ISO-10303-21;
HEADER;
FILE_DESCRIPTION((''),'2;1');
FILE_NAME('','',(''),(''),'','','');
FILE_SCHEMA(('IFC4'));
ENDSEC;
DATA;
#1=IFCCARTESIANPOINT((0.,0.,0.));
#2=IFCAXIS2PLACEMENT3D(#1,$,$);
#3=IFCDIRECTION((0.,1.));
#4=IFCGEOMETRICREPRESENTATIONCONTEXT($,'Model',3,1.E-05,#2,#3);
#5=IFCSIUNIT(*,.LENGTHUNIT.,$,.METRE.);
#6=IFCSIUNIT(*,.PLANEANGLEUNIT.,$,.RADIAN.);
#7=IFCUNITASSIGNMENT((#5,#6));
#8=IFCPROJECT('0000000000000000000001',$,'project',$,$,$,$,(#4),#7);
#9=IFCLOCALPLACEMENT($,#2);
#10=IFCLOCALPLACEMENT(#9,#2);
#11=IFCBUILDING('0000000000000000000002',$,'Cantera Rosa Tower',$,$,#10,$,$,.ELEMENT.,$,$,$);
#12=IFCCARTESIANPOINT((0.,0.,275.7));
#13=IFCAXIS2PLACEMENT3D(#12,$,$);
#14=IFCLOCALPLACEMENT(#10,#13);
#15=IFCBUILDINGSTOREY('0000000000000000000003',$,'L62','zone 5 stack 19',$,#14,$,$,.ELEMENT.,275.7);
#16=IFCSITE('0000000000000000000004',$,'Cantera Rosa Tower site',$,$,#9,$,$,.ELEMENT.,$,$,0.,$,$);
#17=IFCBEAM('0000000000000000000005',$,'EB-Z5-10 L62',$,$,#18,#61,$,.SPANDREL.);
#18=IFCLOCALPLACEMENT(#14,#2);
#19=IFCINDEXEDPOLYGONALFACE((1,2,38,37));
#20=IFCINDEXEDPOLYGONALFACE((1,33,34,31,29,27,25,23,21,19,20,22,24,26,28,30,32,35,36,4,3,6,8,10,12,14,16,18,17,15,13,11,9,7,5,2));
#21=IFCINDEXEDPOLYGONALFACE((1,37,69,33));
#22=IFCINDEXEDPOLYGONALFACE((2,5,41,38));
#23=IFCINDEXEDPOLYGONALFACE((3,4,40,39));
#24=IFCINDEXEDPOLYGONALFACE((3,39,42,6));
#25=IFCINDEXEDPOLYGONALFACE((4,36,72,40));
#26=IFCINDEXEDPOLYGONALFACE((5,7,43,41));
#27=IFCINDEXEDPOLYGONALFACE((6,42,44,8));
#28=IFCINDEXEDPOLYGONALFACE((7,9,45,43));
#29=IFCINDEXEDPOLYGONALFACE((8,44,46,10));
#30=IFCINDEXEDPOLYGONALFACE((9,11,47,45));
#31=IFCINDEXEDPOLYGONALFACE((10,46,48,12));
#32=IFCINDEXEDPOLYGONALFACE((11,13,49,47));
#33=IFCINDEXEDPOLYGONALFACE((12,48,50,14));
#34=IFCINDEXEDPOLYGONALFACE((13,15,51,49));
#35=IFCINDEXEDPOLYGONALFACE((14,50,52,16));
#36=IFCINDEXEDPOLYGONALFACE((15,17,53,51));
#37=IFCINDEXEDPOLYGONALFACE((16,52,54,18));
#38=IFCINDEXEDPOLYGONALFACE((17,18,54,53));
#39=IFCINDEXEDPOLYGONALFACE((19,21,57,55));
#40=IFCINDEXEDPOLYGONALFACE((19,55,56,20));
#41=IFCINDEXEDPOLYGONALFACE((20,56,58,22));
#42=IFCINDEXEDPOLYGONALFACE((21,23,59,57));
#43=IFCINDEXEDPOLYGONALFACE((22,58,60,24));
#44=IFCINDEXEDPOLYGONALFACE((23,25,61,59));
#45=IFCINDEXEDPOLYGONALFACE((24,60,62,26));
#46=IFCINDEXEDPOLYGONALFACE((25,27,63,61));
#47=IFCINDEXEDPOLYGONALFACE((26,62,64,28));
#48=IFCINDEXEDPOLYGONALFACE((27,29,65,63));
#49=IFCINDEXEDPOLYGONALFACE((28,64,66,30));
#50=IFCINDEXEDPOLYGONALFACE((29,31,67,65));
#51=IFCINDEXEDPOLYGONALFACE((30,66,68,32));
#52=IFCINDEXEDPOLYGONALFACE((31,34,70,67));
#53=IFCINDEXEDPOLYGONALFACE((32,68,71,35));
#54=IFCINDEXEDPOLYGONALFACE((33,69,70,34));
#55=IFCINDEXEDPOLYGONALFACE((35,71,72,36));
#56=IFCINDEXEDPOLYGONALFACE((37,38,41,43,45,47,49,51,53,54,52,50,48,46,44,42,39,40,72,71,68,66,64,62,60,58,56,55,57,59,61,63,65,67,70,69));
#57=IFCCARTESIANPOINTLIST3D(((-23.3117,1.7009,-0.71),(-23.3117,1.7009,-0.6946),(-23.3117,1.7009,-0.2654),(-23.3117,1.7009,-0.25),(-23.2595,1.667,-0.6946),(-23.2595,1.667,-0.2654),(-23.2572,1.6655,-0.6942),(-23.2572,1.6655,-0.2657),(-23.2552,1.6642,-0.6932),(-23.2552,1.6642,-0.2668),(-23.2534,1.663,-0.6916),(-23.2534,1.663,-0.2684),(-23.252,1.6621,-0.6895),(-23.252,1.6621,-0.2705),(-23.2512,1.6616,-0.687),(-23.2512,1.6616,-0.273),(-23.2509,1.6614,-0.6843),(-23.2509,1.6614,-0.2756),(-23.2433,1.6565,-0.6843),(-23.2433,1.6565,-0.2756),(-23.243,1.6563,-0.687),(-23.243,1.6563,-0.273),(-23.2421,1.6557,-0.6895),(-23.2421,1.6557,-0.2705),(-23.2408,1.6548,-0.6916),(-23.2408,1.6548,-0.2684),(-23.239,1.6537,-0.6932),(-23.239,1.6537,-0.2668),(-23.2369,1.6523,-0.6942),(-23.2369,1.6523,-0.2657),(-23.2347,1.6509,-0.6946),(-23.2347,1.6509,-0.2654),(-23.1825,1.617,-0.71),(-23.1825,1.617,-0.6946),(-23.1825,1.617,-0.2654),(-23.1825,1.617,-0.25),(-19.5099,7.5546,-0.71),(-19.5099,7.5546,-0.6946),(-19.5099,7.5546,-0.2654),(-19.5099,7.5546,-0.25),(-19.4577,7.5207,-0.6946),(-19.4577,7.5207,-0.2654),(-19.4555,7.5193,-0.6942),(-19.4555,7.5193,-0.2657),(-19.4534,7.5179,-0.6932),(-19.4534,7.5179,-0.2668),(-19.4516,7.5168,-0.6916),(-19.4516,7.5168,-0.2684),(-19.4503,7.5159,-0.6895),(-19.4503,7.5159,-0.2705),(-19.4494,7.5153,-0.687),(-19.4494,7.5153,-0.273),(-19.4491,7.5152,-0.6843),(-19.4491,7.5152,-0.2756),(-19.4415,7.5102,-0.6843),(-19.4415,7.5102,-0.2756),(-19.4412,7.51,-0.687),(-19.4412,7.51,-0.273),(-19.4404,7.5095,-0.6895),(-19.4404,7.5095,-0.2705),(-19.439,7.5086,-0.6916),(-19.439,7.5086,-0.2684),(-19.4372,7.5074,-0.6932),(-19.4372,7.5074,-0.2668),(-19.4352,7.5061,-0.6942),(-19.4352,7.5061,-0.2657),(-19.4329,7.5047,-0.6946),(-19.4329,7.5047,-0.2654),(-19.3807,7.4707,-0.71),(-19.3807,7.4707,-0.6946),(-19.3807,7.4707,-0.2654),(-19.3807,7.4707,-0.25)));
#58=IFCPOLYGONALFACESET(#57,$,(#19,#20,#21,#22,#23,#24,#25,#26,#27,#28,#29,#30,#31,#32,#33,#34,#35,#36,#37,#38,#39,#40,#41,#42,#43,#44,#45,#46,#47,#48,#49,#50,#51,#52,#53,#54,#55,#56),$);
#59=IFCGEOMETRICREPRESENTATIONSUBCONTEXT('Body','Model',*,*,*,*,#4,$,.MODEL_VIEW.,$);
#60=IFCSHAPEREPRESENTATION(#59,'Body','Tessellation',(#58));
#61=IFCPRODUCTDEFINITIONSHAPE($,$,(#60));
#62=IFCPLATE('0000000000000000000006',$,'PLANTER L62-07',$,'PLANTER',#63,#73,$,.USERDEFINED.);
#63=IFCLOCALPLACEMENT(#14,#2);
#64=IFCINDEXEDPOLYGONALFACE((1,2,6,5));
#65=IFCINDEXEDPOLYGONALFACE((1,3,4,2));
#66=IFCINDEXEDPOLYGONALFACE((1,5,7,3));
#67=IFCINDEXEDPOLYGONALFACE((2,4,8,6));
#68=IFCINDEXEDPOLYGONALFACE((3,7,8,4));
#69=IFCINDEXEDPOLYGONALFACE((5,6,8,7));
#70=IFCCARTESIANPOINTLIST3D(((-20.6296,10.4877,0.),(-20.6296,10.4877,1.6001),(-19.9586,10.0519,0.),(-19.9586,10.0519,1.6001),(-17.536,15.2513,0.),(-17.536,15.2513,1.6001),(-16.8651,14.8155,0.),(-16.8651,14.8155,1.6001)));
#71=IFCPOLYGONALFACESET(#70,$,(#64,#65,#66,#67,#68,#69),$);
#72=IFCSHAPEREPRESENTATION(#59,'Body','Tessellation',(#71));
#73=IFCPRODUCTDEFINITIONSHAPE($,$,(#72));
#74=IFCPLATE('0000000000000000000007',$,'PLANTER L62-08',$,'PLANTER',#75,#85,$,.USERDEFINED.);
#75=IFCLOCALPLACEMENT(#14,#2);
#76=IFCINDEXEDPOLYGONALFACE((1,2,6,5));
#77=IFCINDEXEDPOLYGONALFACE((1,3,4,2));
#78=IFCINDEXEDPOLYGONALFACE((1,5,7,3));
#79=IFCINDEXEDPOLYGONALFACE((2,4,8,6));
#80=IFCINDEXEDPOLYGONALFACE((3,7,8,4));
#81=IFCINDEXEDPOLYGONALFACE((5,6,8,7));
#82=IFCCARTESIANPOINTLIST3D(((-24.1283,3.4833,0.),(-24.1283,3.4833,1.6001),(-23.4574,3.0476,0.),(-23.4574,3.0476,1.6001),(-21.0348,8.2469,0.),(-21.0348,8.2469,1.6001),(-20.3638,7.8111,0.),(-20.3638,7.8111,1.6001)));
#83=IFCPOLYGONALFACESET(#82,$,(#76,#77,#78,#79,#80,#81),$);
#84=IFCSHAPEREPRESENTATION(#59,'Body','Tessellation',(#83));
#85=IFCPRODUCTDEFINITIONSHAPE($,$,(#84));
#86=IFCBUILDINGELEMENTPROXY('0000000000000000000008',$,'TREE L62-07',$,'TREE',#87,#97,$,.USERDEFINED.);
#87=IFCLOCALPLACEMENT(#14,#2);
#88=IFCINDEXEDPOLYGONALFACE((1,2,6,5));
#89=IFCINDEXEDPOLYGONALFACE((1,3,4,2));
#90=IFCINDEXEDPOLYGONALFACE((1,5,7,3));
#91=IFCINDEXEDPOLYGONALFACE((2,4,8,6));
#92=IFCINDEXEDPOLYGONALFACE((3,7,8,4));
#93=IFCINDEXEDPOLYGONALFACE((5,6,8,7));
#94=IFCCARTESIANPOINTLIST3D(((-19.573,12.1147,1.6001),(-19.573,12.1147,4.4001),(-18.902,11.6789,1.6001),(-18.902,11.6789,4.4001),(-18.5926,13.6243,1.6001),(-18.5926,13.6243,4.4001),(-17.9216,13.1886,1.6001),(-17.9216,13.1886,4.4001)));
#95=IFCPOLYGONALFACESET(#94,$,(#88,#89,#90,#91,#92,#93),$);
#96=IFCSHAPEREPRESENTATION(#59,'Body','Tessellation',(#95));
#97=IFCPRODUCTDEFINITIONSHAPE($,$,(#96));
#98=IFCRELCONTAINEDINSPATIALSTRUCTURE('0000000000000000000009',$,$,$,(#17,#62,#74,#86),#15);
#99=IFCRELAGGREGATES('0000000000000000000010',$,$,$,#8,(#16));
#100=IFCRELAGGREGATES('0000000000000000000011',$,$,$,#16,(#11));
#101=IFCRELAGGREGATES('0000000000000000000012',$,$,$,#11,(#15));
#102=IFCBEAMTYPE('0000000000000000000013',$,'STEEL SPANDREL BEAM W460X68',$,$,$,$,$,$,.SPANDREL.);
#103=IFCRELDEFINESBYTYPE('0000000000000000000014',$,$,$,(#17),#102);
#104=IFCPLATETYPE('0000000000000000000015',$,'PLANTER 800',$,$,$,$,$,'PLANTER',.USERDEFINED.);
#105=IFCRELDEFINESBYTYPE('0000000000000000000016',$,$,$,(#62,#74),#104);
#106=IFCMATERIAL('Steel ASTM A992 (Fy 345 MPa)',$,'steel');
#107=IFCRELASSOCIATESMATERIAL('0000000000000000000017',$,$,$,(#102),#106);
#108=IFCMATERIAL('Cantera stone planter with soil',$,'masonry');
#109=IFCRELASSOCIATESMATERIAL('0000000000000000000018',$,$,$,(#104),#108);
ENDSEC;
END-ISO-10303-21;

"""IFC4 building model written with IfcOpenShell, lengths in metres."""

from ifc_helpers import new_model, si_unit, direction, frame, origin, origin_2d, place, context, subcontext, project, spatial, rectangle, i_section, extrude, material, material_profile, profile_set, type_object, element, save


model = new_model("IFC4")

# Units and contexts
model_context = context("Model", 3, precision=1e-05, world=origin(), true_north=direction((0.0, 1.0)))
body_context = subcontext(model_context, "Body", "Model", "MODEL_VIEW")
ifc_project = project(units=[si_unit("LENGTHUNIT", "METRE"), si_unit("PLANEANGLEUNIT", "RADIAN")], contexts=[model_context])

# Site, building, storey
site_placement = place(None, origin())
site = spatial("IfcSite", under=ifc_project, at=site_placement, Name="Cantera Rosa Tower site", CompositionType="ELEMENT", RefElevation=0.0)
building_placement = place(site_placement, origin())
building = spatial("IfcBuilding", under=site, at=building_placement, Name="Cantera Rosa Tower", CompositionType="ELEMENT")
storey_placement = place(building_placement, frame((0.0, 0.0, 275.7)))
storey = spatial("IfcBuildingStorey", under=building, at=storey_placement, Name="L62", Description="zone 5 stack 19", CompositionType="ELEMENT", Elevation=275.7)

# Beam
ifc_material_1 = material(Name="Steel ASTM A992 (Fy 345 MPa)", Category="steel")
ifc_material_profile_1 = material_profile(ifc_material_1, i_section(OverallWidth=0.1541, OverallDepth=0.46, WebThickness=0.009, FlangeThickness=0.0154, FilletRadius=0.0103, at=origin_2d()), Name="W460X68")
ifc_profile_set_1 = profile_set([ifc_material_profile_1], Name="Steel ASTM A992 (Fy 345 MPa)")
beam_type_1 = type_object("IfcBeamType", Name="STEEL SPANDREL BEAM W460X68", PredefinedType="SPANDREL", material=ifc_profile_set_1)
beam_1_placement = place(storey_placement, frame((-19.4453, 7.5127, -0.48), z_axis=(-0.544667, -0.838652, 0.0), x_axis=(0.838652, -0.544667, 0.0)))
element("IfcBeam", 1, at=beam_1_placement, inside=storey, type_object=beam_type_1, Name="EB-Z5-10 L62", PredefinedType="SPANDREL", context=body_context, shape_type="SweptSolid", body=[
    extrude(i_section(OverallWidth=0.1541, OverallDepth=0.46, WebThickness=0.009, FlangeThickness=0.0154, FilletRadius=0.0103, at=origin_2d()), origin(), (0.0, 0.0, 1.0), 6.98),
])

# Plates
ifc_material_2 = material(Name="Cantera stone planter with soil", Category="masonry")
plate_type = type_object("IfcPlateType", Name="PLANTER 800", ElementType="PLANTER", PredefinedType="USERDEFINED", material=ifc_material_2)
for number, where, z_axis, x_axis, name in (
    (2, (-18.7473, 12.6516, 0.0), (0.0, 0.0, 1.0), (-0.544639, -0.838671, 0.0), "PLANTER L62-07"),
    (3, (-22.2461, 5.6472, 0.0), (0.0, 0.0, 1.0), (-0.544639, -0.838671, 0.0), "PLANTER L62-08"),
):
    element("IfcPlate", number, at=place(storey_placement, frame(where, z_axis=z_axis, x_axis=x_axis)), inside=storey, type_object=plate_type, Name=name, ObjectType="PLANTER", PredefinedType="USERDEFINED", context=body_context, shape_type="SweptSolid", body=[
        extrude(rectangle(XDim=5.6799, YDim=0.8, at=origin_2d()), origin(), (0.0, 0.0, 1.0), 1.6001),
    ])

# Building element proxy
proxy_placement = place(storey_placement, frame((-18.7473, 12.6516, 1.6001), z_axis=(0.0, 0.0, 1.0), x_axis=(-0.544639, -0.838671, 0.0)))
element("IfcBuildingElementProxy", 4, at=proxy_placement, inside=storey, Name="TREE L62-07", ObjectType="TREE", PredefinedType="USERDEFINED", context=body_context, shape_type="SweptSolid", body=[
    extrude(rectangle(XDim=1.8, YDim=0.8, at=origin_2d()), origin(), (0.0, 0.0, 1.0), 2.8),
])

save(model, "model.ifc")
